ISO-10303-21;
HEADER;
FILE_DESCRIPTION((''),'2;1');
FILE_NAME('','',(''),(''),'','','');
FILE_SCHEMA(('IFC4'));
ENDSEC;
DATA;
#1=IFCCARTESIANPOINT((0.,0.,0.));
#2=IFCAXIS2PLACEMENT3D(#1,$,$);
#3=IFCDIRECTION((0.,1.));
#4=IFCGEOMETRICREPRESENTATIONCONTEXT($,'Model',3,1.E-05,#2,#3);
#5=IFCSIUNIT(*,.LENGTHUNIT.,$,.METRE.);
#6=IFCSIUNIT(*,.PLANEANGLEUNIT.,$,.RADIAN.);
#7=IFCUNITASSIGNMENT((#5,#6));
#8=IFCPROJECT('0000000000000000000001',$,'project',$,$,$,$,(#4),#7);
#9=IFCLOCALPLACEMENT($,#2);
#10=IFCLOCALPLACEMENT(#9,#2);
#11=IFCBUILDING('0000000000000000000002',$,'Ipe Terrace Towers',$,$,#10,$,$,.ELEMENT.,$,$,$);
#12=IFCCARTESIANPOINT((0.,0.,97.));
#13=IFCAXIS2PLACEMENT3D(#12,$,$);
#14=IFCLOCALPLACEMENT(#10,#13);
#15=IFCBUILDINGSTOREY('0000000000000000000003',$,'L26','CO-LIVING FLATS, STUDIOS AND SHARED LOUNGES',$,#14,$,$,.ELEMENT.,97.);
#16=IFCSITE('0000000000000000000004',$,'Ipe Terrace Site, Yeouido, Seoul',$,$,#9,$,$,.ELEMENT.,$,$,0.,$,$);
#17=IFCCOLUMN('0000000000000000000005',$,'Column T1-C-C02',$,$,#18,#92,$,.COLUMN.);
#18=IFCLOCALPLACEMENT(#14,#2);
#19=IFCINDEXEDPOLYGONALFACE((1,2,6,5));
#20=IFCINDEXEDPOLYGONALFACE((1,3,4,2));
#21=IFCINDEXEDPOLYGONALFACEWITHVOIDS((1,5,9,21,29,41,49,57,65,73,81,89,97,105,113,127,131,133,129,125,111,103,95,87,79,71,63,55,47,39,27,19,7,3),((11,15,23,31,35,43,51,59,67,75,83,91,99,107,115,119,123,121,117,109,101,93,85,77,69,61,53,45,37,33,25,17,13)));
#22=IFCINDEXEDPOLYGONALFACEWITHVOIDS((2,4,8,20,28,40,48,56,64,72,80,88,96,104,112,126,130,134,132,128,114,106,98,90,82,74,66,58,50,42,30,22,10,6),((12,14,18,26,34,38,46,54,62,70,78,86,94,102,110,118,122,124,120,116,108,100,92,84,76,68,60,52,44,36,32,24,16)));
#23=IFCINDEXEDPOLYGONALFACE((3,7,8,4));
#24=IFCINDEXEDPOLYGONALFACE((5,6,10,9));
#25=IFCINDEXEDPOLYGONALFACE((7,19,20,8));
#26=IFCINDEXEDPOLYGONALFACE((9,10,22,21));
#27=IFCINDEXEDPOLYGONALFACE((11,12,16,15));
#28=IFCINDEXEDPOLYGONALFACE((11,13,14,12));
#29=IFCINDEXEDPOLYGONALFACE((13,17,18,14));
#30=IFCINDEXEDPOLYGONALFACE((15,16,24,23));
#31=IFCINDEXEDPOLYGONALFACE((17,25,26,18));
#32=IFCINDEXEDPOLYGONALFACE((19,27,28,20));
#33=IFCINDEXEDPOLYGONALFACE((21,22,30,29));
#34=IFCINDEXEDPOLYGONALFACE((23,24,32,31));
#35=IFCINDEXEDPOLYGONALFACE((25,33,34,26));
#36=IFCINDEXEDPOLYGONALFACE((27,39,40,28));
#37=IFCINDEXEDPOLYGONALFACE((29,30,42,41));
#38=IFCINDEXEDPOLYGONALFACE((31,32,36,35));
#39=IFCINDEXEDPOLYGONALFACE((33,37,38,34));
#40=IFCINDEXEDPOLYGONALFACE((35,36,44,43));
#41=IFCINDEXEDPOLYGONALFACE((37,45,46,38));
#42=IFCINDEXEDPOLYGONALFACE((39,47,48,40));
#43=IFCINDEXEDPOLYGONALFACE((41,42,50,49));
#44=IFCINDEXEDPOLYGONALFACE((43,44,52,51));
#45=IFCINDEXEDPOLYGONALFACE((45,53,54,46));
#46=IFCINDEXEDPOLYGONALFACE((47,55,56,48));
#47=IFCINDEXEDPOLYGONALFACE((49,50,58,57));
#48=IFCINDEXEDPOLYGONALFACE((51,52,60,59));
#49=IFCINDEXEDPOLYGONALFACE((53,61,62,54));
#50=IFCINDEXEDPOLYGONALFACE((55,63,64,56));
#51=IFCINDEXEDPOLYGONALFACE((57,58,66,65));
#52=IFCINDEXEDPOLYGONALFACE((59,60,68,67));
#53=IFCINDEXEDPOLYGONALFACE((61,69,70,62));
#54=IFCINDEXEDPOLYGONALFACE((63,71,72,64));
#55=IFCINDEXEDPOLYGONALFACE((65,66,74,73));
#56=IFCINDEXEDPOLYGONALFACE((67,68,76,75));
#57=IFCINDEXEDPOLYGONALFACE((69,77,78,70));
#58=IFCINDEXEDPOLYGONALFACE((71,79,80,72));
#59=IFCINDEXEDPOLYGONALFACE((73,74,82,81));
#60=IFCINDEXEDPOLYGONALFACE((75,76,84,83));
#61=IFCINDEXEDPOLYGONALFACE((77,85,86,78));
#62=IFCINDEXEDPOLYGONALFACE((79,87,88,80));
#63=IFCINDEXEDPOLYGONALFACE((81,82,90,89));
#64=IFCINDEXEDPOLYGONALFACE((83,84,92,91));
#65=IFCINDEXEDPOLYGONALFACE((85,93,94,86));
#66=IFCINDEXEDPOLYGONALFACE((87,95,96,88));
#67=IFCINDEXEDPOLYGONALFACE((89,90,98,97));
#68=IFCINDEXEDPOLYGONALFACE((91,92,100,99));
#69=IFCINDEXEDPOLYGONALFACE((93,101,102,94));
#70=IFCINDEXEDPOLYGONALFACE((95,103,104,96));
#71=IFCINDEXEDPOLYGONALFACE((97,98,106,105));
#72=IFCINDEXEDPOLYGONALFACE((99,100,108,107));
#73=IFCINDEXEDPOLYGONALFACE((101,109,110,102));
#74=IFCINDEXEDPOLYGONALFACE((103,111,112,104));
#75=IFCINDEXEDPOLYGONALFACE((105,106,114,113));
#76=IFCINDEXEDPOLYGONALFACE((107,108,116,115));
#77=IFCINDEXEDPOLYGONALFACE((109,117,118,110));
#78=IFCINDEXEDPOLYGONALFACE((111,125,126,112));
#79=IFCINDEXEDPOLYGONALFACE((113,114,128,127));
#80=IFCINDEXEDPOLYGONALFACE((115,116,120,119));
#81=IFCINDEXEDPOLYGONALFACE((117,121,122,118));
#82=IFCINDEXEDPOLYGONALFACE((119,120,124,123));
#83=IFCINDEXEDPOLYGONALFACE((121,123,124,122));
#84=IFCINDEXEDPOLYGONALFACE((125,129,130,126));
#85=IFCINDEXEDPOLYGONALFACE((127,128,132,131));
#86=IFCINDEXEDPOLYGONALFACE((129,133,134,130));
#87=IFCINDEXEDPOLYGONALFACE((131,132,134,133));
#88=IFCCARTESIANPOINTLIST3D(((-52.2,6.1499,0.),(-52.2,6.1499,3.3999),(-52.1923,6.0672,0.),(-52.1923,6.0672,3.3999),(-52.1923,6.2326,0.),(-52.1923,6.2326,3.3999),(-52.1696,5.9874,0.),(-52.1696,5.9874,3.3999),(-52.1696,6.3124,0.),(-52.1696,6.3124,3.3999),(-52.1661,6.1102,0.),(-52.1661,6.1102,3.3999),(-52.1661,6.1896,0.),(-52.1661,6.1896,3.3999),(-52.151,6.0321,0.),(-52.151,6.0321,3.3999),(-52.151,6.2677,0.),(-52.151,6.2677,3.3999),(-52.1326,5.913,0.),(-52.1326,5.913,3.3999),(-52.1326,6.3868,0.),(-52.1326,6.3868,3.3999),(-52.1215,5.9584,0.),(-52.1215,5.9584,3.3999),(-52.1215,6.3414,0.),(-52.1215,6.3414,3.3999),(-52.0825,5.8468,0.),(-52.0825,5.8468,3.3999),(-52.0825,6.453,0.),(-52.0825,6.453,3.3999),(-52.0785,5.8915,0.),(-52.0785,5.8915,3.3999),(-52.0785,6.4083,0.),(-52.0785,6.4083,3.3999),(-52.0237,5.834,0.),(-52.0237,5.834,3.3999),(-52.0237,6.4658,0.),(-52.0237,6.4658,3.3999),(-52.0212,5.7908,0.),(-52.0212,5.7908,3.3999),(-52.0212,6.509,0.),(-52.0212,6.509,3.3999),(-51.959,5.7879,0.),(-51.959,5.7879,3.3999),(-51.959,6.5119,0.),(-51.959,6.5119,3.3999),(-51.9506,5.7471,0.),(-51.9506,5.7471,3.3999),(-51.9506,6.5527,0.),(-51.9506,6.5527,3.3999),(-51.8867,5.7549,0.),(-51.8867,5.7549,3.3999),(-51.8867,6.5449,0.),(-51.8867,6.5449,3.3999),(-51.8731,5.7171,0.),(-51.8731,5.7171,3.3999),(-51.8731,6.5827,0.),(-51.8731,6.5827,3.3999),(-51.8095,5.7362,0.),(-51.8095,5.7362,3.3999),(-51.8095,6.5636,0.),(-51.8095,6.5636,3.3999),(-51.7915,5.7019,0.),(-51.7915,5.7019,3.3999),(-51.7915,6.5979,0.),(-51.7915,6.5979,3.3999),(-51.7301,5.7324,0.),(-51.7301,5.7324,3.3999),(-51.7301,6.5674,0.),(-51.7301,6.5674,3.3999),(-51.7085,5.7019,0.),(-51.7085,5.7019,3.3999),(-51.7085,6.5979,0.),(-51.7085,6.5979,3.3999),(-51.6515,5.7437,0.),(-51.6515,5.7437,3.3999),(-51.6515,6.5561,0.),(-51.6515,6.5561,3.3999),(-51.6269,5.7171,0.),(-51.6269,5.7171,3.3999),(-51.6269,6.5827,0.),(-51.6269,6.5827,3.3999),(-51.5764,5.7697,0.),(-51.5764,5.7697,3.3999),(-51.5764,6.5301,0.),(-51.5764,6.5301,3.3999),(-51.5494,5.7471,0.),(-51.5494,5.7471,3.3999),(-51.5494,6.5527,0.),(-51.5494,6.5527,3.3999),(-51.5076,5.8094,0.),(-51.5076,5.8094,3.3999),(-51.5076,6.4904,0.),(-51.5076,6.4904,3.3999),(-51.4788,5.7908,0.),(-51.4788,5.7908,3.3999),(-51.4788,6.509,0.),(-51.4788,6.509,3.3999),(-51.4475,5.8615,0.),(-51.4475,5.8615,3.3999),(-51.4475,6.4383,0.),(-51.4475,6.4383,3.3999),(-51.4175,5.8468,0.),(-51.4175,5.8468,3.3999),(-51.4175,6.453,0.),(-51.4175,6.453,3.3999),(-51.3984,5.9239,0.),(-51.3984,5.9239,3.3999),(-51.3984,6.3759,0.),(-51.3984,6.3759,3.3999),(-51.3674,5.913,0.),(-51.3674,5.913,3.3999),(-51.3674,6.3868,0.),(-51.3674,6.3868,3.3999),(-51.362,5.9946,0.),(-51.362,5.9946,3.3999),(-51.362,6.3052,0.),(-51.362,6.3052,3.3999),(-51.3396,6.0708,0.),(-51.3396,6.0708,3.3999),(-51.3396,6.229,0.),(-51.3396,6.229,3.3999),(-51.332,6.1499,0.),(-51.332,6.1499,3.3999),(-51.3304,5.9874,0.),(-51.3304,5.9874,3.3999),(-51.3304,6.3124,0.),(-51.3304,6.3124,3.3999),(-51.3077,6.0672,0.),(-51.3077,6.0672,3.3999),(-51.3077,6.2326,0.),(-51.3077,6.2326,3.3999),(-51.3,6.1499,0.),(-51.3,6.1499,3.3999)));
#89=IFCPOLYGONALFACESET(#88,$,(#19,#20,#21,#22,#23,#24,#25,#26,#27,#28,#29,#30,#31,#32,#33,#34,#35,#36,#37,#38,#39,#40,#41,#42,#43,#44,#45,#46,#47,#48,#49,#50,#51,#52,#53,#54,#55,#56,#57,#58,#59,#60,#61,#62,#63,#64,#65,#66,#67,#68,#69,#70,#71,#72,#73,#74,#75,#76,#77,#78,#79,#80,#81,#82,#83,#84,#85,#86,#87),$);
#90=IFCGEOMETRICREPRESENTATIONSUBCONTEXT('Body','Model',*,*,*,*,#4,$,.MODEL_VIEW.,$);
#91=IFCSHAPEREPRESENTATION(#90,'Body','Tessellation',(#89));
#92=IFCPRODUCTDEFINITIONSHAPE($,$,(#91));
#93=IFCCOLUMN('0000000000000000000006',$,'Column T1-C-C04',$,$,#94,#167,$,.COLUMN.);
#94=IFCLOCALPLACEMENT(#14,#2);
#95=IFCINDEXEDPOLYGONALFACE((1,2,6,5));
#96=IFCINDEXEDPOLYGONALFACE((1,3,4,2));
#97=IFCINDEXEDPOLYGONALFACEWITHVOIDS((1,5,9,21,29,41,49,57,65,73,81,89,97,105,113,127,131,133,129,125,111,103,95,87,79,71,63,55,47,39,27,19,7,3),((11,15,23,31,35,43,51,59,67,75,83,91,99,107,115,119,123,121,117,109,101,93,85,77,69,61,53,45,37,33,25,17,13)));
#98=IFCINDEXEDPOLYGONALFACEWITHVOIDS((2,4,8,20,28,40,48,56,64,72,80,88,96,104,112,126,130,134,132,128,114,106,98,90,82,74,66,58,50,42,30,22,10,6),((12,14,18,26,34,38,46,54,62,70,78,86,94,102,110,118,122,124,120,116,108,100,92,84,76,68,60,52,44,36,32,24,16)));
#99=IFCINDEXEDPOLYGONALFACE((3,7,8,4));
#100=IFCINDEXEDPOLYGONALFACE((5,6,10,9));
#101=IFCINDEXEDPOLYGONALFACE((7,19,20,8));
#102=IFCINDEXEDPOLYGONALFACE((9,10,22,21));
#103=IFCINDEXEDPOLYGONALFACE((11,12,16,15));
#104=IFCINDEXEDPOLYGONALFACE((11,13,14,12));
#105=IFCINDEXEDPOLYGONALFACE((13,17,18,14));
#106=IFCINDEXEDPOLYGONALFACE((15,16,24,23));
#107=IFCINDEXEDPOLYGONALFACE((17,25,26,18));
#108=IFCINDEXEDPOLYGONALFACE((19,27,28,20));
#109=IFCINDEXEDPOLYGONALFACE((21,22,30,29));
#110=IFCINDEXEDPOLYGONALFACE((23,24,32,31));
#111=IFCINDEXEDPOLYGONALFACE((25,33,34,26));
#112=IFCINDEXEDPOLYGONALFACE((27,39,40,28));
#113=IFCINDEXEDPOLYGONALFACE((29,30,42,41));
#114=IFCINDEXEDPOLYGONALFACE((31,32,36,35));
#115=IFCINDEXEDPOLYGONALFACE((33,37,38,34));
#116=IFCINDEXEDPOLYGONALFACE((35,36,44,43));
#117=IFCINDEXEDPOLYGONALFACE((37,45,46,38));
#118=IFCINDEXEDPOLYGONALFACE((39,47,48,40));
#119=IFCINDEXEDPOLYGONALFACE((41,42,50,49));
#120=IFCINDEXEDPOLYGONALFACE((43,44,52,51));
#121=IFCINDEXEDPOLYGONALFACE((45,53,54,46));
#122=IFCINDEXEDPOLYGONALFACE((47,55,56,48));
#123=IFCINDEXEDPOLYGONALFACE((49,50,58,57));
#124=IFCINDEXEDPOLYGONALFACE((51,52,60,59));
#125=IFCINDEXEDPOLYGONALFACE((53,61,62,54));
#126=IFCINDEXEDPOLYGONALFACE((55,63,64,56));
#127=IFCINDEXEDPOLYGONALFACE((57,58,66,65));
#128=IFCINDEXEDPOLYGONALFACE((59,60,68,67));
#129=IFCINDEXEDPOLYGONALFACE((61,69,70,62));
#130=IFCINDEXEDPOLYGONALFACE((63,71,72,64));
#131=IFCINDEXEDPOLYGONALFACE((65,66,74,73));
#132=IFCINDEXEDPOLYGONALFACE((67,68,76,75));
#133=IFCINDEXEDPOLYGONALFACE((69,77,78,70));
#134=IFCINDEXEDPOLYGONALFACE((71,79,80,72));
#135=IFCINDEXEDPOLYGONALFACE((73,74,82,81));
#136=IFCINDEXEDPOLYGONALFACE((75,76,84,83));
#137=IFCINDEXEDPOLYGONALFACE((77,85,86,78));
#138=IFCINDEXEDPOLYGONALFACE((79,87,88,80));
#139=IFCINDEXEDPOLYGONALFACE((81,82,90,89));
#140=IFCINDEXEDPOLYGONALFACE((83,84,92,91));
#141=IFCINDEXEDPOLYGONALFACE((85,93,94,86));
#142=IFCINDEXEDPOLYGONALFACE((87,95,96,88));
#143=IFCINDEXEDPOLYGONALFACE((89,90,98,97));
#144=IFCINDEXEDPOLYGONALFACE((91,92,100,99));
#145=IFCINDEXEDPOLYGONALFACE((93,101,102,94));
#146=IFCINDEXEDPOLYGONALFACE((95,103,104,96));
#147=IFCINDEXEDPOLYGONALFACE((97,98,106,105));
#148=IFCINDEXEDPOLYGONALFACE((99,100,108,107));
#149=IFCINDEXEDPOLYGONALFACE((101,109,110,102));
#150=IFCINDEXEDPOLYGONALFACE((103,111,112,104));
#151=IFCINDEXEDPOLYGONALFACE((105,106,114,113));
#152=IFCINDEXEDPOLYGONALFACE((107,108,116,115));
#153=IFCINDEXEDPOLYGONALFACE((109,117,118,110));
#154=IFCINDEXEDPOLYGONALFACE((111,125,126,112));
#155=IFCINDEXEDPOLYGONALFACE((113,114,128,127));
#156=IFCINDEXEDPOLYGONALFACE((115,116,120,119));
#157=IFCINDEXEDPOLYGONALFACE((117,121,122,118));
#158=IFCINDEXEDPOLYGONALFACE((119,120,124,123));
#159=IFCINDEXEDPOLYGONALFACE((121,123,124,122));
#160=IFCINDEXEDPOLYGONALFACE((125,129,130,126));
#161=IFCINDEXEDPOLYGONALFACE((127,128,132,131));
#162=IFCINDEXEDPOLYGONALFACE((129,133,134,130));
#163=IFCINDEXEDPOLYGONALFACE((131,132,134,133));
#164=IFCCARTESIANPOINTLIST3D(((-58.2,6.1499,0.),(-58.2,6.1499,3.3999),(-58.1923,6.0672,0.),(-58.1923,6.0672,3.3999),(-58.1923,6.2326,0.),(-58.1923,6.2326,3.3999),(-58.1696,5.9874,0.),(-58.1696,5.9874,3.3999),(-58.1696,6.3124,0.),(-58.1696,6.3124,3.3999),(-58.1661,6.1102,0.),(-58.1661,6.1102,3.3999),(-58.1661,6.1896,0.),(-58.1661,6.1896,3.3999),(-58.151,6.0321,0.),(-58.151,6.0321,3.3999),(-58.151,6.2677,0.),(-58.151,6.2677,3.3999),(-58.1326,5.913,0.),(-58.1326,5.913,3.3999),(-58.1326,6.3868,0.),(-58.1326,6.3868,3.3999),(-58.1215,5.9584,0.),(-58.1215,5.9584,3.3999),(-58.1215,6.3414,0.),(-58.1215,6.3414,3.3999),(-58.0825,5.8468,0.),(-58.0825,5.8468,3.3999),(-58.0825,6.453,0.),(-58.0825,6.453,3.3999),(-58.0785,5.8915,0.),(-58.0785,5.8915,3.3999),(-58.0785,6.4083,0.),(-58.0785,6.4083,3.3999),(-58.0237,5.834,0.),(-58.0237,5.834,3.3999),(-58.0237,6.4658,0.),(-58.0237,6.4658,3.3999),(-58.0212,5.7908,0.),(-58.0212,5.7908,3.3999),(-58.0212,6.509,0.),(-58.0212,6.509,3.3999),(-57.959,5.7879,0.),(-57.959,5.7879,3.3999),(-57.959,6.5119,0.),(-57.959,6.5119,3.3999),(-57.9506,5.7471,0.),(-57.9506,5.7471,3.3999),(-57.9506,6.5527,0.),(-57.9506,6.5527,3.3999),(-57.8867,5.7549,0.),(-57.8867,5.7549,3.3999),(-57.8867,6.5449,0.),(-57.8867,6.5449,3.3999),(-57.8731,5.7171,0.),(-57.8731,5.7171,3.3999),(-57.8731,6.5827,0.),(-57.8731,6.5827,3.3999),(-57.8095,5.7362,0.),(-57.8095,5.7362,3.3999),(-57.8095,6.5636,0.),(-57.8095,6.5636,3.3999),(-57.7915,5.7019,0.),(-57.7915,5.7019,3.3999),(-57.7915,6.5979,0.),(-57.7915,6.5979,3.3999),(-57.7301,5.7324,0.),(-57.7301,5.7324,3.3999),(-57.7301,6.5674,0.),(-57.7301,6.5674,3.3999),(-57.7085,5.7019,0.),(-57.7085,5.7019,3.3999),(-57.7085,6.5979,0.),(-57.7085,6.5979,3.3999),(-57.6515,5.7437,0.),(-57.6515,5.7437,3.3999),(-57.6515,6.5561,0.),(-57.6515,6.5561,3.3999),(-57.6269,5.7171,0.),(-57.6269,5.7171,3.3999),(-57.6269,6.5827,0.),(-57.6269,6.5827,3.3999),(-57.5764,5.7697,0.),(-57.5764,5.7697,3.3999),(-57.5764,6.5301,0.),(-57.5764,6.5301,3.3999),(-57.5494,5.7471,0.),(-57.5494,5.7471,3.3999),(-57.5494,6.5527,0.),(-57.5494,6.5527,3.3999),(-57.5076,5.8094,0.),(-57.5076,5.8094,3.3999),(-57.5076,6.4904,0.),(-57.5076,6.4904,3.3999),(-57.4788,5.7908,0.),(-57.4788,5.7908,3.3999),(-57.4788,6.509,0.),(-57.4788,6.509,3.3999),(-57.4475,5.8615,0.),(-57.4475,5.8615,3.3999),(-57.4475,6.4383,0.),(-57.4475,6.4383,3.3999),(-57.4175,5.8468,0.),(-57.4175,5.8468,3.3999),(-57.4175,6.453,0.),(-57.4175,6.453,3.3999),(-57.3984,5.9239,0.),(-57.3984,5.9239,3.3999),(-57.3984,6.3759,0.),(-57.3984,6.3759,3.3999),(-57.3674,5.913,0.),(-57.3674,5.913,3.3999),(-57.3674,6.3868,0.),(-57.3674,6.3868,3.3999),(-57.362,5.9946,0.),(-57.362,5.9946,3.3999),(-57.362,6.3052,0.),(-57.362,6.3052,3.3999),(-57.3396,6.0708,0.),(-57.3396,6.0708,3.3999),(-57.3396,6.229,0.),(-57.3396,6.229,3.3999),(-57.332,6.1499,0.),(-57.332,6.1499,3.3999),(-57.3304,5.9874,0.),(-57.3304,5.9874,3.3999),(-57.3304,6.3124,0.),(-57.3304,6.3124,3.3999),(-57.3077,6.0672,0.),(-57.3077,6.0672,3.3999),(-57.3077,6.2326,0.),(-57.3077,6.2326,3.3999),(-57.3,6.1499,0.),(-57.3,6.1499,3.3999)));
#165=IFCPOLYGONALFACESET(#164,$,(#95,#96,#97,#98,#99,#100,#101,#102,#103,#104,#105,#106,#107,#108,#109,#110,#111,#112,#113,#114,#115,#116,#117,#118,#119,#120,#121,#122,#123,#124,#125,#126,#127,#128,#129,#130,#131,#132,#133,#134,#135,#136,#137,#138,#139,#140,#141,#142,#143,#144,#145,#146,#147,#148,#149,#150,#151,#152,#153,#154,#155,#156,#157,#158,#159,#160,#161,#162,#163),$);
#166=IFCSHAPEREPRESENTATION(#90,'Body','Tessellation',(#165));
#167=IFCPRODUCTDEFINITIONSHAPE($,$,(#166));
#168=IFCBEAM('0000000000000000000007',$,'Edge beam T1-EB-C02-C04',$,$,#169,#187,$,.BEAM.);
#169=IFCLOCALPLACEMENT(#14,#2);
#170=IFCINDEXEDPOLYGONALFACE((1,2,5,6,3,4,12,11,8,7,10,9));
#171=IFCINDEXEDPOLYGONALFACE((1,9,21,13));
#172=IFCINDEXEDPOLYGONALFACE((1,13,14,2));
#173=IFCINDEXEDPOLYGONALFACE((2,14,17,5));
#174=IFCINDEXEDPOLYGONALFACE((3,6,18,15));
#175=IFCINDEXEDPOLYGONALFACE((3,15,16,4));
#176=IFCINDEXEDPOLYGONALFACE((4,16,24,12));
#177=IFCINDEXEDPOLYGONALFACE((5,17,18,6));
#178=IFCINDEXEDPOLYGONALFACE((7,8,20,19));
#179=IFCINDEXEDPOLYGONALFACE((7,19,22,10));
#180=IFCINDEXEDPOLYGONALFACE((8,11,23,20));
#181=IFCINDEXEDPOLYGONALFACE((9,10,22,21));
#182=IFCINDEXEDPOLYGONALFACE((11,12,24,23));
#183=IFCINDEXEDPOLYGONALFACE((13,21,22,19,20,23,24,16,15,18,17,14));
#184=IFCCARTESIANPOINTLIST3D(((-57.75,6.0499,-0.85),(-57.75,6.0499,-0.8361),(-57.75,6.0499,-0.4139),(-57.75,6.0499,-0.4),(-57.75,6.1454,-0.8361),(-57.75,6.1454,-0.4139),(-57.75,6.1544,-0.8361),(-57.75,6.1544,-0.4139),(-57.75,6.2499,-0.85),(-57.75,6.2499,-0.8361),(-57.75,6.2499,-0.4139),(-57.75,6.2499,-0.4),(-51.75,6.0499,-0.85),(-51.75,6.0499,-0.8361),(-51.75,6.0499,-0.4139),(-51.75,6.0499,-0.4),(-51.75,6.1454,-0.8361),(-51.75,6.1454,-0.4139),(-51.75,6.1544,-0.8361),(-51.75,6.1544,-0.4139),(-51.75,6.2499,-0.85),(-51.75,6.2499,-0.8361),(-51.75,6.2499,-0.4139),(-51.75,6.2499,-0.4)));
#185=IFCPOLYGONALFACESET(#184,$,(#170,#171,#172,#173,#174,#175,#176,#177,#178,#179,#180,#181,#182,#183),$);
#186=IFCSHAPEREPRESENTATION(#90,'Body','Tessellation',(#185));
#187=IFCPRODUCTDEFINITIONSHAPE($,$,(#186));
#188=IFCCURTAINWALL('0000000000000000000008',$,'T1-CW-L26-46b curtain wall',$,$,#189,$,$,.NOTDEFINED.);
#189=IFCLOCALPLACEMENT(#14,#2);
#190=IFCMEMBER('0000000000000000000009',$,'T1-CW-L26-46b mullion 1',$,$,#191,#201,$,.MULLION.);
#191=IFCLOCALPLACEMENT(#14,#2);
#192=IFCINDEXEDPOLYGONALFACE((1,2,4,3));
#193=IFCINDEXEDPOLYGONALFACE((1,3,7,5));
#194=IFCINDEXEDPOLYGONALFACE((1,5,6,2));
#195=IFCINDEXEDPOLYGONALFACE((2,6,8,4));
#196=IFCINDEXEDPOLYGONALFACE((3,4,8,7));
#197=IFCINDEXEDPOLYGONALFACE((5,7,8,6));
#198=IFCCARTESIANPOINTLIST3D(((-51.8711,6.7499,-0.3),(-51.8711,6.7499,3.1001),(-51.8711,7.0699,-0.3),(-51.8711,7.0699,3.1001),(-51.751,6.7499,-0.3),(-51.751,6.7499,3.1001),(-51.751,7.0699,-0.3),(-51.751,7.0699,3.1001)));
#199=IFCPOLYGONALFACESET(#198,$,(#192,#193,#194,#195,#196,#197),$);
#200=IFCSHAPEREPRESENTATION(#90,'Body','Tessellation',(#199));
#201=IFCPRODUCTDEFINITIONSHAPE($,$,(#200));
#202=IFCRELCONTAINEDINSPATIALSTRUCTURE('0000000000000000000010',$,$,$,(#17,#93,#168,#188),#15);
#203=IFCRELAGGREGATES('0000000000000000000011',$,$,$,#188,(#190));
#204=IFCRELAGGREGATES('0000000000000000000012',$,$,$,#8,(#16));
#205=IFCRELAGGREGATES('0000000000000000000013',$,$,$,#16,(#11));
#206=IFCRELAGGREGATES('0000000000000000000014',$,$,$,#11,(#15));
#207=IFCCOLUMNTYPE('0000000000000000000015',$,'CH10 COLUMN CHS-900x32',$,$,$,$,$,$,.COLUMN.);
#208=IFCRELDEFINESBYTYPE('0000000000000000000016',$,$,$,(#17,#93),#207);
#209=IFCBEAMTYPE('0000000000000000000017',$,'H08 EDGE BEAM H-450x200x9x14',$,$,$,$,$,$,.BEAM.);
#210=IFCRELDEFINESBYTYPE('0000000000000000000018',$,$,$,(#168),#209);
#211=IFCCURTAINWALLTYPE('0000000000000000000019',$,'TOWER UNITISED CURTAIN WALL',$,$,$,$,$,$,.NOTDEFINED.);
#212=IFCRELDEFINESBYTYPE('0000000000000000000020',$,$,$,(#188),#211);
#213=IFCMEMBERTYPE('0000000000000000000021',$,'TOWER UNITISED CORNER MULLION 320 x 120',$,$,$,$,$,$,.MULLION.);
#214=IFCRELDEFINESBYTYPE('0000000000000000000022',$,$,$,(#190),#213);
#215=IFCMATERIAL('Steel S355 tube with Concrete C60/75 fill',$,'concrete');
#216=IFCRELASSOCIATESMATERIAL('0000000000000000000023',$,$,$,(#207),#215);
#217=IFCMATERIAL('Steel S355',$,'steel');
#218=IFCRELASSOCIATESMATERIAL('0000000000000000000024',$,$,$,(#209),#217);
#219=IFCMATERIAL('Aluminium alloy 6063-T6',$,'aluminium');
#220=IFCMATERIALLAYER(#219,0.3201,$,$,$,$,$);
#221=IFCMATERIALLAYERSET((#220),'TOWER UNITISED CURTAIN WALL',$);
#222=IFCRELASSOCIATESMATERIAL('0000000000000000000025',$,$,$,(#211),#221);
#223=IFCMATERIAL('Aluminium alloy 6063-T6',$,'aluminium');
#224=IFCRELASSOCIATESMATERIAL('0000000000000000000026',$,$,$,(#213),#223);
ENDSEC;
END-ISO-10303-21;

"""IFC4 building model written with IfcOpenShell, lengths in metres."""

from ifc_helpers import new_model, si_unit, direction, frame, origin, origin_2d, place, context, subcontext, project, spatial, rectangle, hollow_circle, i_section, extrude, material, layer, layer_set, material_profile, profile_set, type_object, element, aggregate, save


model = new_model("IFC4")

# Units and contexts
model_context = context("Model", 3, precision=1e-05, world=origin(), true_north=direction((0.0, 1.0)))
body_context = subcontext(model_context, "Body", "Model", "MODEL_VIEW")
ifc_project = project(units=[si_unit("LENGTHUNIT", "METRE"), si_unit("PLANEANGLEUNIT", "RADIAN")], contexts=[model_context])

# Site, building, storey
site_placement = place(None, origin())
site = spatial("IfcSite", under=ifc_project, at=site_placement, Name="Ipe Terrace Site, Yeouido, Seoul", CompositionType="ELEMENT", RefElevation=0.0)
building_placement = place(site_placement, origin())
building = spatial("IfcBuilding", under=site, at=building_placement, Name="Ipe Terrace Towers", CompositionType="ELEMENT")
storey_placement = place(building_placement, frame((0.0, 0.0, 97.0)))
storey = spatial("IfcBuildingStorey", under=building, at=storey_placement, Name="L26", Description="CO-LIVING FLATS, STUDIOS AND SHARED LOUNGES", CompositionType="ELEMENT", Elevation=97.0)

# Columns
ifc_material_1 = material(Name="Steel S355 tube with Concrete C60/75 fill", Category="concrete")
ifc_material_profile_1 = material_profile(ifc_material_1, hollow_circle(Radius=0.45, WallThickness=0.032, at=origin_2d()), Name="CHS-900x32")
ifc_profile_set_1 = profile_set([ifc_material_profile_1], Name="Steel S355 tube with Concrete C60/75 fill")
column_type = type_object("IfcColumnType", Name="CH10 COLUMN CHS-900x32", PredefinedType="COLUMN", material=ifc_profile_set_1)
for number, where, z_axis, x_axis, name in (
    (1, (-51.75, 6.1499, 0.0), (0.0, 0.0, 1.0), (1.0, 0.0, 0.0), "Column T1-C-C02"),
    (2, (-57.75, 6.1499, 0.0), (0.0, 0.0, 1.0), (1.0, 0.0, 0.0), "Column T1-C-C04"),
):
    element("IfcColumn", number, at=place(storey_placement, frame(where, z_axis=z_axis, x_axis=x_axis)), inside=storey, type_object=column_type, Name=name, PredefinedType="COLUMN", context=body_context, shape_type="SweptSolid", body=[
        extrude(hollow_circle(Radius=0.45, WallThickness=0.032, at=origin_2d()), origin(), (0.0, 0.0, 1.0), 3.3999),
    ])

# Beam
ifc_material_2 = material(Name="Steel S355", Category="steel")
ifc_material_profile_2 = material_profile(ifc_material_2, i_section(OverallWidth=0.2, OverallDepth=0.45, WebThickness=0.009, FlangeThickness=0.0139, at=origin_2d()), Name="H-450x200x9x14")
ifc_profile_set_2 = profile_set([ifc_material_profile_2], Name="Steel S355")
beam_type = type_object("IfcBeamType", Name="H08 EDGE BEAM H-450x200x9x14", PredefinedType="BEAM", material=ifc_profile_set_2)
beam_placement = place(storey_placement, frame((-51.75, 6.1499, -0.625), z_axis=(-1.0, 0.0, 0.0), x_axis=(0.0, -1.0, 0.0)))
element("IfcBeam", 3, at=beam_placement, inside=storey, type_object=beam_type, Name="Edge beam T1-EB-C02-C04", PredefinedType="BEAM", context=body_context, shape_type="SweptSolid", body=[
    extrude(i_section(OverallWidth=0.2, OverallDepth=0.45, WebThickness=0.009, FlangeThickness=0.0139, at=origin_2d()), origin(), (0.0, 0.0, 1.0), 6.0),
])

# Curtain wall, member
ifc_material_3 = material(Name="Aluminium alloy 6063-T6", Category="aluminium")
ifc_layer_1 = layer(ifc_material_3, 0.3201)
ifc_layer_set_1 = layer_set([ifc_layer_1], Name="TOWER UNITISED CURTAIN WALL")
curtain_wall_type = type_object("IfcCurtainWallType", Name="TOWER UNITISED CURTAIN WALL", PredefinedType="NOTDEFINED", material=ifc_layer_set_1)
curtain_wall_1_placement = place(storey_placement, origin())
curtain_wall_1 = element("IfcCurtainWall", 4, at=curtain_wall_1_placement, inside=storey, type_object=curtain_wall_type, Name="T1-CW-L26-46b curtain wall", PredefinedType="NOTDEFINED")
ifc_material_4 = material(Name="Aluminium alloy 6063-T6", Category="aluminium")
ifc_material_profile_3 = material_profile(ifc_material_4, rectangle(XDim=0.3201, YDim=0.1201, at=origin_2d()), Name="TOWER UNITISED CORNER MULLION 320 x 120")
ifc_profile_set_3 = profile_set([ifc_material_profile_3], Name="Aluminium alloy 6063-T6")
member_type_1 = type_object("IfcMemberType", Name="TOWER UNITISED CORNER MULLION 320 x 120", PredefinedType="MULLION", material=ifc_profile_set_3)
member_1_placement = place(storey_placement, frame((-51.811, 6.9099, -0.3), z_axis=(0.0, 0.0, 1.0), x_axis=(0.0, 1.0, 0.0)))
member_1 = element("IfcMember", 5, at=member_1_placement, type_object=member_type_1, Name="T1-CW-L26-46b mullion 1", PredefinedType="MULLION", context=body_context, shape_type="SweptSolid", body=[
    extrude(rectangle(XDim=0.3201, YDim=0.1201, at=origin_2d()), origin(), (0.0, 0.0, 1.0), 3.4001),
])

aggregate(curtain_wall_1, [member_1])

save(model, "model.ifc")
